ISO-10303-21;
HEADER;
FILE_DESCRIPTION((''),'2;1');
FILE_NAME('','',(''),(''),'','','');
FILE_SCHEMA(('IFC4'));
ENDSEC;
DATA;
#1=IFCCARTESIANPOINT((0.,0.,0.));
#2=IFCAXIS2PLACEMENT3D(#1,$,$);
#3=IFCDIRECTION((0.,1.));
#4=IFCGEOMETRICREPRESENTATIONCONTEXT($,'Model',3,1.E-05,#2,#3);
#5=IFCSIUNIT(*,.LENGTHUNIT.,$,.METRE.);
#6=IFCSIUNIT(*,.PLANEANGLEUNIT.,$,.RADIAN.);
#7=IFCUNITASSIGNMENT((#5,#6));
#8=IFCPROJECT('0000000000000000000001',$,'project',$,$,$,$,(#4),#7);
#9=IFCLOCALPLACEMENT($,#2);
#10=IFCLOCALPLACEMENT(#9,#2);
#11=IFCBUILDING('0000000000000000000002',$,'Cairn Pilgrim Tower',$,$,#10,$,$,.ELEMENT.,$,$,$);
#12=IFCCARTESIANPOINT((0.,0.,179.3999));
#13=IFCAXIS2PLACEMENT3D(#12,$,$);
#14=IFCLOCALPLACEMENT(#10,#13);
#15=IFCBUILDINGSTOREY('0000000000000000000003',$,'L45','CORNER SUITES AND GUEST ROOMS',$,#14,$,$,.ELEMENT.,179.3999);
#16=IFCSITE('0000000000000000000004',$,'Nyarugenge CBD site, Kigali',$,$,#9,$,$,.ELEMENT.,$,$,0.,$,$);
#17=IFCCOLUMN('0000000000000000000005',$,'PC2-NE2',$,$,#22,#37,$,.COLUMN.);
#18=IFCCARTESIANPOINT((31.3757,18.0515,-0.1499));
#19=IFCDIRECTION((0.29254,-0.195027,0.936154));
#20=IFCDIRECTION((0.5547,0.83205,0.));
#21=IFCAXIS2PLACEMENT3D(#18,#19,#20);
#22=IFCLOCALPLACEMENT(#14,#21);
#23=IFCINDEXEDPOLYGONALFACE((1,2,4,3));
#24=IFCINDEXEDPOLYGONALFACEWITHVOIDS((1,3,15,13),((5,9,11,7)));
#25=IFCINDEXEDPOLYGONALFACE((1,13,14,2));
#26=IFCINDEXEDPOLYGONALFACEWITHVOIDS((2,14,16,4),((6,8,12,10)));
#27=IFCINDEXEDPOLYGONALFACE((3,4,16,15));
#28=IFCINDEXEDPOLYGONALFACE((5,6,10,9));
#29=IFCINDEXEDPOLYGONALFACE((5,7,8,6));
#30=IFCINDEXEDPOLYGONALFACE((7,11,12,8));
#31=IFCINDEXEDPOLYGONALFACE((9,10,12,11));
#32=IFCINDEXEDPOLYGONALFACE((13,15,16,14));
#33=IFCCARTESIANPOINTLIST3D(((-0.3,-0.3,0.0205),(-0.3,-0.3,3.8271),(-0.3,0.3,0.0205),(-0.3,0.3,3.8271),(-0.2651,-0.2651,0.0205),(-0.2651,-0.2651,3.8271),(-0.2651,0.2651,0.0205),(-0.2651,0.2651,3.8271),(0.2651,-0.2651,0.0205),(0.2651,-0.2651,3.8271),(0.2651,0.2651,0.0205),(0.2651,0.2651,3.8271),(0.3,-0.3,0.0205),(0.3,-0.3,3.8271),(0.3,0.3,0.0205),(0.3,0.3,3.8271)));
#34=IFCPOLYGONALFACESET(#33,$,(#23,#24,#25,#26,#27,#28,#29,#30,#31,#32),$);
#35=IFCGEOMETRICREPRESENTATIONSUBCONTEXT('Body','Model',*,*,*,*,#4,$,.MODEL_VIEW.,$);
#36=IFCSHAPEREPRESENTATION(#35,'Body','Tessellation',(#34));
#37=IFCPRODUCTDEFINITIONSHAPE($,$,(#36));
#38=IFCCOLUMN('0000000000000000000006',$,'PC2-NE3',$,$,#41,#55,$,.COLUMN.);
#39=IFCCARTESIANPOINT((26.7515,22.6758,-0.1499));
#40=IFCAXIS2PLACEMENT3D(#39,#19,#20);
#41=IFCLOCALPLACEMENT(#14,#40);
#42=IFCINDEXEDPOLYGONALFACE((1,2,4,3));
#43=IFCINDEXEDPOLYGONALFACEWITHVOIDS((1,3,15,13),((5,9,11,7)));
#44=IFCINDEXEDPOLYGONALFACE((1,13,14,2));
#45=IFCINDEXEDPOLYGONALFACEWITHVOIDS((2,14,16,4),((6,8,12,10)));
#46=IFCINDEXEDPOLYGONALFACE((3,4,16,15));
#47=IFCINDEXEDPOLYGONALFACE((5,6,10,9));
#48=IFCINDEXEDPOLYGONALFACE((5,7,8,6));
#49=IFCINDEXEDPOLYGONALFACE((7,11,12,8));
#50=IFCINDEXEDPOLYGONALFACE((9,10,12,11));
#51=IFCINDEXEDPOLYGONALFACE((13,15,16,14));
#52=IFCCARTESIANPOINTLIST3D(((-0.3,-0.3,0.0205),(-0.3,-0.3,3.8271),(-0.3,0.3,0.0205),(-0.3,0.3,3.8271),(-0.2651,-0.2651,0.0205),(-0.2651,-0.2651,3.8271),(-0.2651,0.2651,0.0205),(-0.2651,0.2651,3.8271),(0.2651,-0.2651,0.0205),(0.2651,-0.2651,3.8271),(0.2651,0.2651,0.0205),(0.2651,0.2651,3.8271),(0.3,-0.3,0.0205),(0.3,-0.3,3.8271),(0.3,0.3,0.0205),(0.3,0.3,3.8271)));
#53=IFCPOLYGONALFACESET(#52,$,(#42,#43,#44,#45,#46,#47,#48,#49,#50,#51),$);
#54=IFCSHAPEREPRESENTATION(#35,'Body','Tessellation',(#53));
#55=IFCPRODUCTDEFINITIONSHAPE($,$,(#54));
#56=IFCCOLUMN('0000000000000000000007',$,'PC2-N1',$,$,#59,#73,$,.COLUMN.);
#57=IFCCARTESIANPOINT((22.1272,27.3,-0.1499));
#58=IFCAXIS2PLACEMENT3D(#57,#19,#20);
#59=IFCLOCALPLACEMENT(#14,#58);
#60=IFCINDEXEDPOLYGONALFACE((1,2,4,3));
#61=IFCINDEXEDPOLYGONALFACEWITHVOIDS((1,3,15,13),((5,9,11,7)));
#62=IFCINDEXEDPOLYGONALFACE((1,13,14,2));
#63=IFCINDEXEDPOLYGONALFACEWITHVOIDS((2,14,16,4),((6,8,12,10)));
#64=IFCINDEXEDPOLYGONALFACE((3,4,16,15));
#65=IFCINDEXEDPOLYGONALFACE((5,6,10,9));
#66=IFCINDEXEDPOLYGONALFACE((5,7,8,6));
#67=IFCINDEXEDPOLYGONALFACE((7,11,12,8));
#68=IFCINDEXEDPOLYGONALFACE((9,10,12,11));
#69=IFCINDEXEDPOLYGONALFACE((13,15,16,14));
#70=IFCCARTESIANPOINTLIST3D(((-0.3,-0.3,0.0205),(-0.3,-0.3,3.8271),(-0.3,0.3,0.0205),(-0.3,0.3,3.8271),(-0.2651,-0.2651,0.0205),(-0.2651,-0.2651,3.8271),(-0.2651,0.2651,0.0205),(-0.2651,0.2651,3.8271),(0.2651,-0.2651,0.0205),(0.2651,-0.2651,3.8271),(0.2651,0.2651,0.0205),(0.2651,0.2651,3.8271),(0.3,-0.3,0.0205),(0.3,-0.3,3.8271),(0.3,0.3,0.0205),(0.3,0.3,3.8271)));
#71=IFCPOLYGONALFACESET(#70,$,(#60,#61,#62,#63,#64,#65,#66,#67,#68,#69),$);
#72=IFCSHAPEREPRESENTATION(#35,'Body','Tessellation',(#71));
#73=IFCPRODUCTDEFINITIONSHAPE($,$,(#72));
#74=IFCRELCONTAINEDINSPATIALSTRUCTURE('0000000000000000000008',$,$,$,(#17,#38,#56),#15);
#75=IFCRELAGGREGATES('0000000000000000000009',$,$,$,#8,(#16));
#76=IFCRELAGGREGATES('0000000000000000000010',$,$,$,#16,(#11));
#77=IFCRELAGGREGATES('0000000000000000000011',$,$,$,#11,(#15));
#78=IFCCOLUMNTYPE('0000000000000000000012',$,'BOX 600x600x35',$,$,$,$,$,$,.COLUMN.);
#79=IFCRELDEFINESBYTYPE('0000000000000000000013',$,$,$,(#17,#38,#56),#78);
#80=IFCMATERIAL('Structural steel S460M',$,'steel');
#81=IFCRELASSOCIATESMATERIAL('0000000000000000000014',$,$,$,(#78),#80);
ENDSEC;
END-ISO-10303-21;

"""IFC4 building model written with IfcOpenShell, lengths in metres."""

from ifc_helpers import new_model, si_unit, direction, frame, origin, origin_2d, place, context, subcontext, project, spatial, hollow_rectangle, extrude, clip, halfspace, material, material_profile, profile_set, type_object, element, save


model = new_model("IFC4")

# Units and contexts
model_context = context("Model", 3, precision=1e-05, world=origin(), true_north=direction((0.0, 1.0)))
body_context = subcontext(model_context, "Body", "Model", "MODEL_VIEW")
ifc_project = project(units=[si_unit("LENGTHUNIT", "METRE"), si_unit("PLANEANGLEUNIT", "RADIAN")], contexts=[model_context])

# Site, building, storey
site_placement = place(None, origin())
site = spatial("IfcSite", under=ifc_project, at=site_placement, Name="Nyarugenge CBD site, Kigali", CompositionType="ELEMENT", RefElevation=0.0)
building_placement = place(site_placement, origin())
building = spatial("IfcBuilding", under=site, at=building_placement, Name="Cairn Pilgrim Tower", CompositionType="ELEMENT")
storey_placement = place(building_placement, frame((0.0, 0.0, 179.3999)))
storey = spatial("IfcBuildingStorey", under=building, at=storey_placement, Name="L45", Description="CORNER SUITES AND GUEST ROOMS", CompositionType="ELEMENT", Elevation=179.3999)

# Columns
ifc_material_1 = material(Name="Structural steel S460M", Category="steel")
ifc_material_profile_1 = material_profile(ifc_material_1, hollow_rectangle(XDim=0.6001, YDim=0.6001, WallThickness=0.0349, at=origin_2d()), Name="BOX 600x600x35")
ifc_profile_set_1 = profile_set([ifc_material_profile_1], Name="Structural steel S460M")
column_type = type_object("IfcColumnType", Name="BOX 600x600x35", PredefinedType="COLUMN", material=ifc_profile_set_1)
for number, where, z_axis, x_axis, name in (
    (1, (31.3757, 18.0515, -0.1499), (0.29254, -0.195027, 0.936154), (0.5547, 0.83205, 0.0), "PC2-NE2"),
    (2, (26.7515, 22.6758, -0.1499), (0.29254, -0.195027, 0.936154), (0.5547, 0.83205, 0.0), "PC2-NE3"),
    (3, (22.1272, 27.3, -0.1499), (0.29254, -0.195027, 0.936154), (0.5547, 0.83205, 0.0), "PC2-N1"),
):
    element("IfcColumn", number, at=place(storey_placement, frame(where, z_axis=z_axis, x_axis=x_axis)), inside=storey, type_object=column_type, Name=name, PredefinedType="COLUMN", context=body_context, shape_type="Clipping", body=[
        clip(clip(extrude(hollow_rectangle(XDim=0.6001, YDim=0.6001, WallThickness=0.0349, at=origin_2d()), origin(), (0.0, 0.0, 1.0), 3.8457), halfspace(frame((0.0, 0.0, 0.0205), z_axis=(0.0, 0.0, 1.0), x_axis=(1.0, 0.0, 0.0)), True)), halfspace(frame((0.0, 0.0, 3.8271), z_axis=(0.0, 0.0, 1.0), x_axis=(1.0, 0.0, 0.0)), False)),
    ])

save(model, "model.ifc")
